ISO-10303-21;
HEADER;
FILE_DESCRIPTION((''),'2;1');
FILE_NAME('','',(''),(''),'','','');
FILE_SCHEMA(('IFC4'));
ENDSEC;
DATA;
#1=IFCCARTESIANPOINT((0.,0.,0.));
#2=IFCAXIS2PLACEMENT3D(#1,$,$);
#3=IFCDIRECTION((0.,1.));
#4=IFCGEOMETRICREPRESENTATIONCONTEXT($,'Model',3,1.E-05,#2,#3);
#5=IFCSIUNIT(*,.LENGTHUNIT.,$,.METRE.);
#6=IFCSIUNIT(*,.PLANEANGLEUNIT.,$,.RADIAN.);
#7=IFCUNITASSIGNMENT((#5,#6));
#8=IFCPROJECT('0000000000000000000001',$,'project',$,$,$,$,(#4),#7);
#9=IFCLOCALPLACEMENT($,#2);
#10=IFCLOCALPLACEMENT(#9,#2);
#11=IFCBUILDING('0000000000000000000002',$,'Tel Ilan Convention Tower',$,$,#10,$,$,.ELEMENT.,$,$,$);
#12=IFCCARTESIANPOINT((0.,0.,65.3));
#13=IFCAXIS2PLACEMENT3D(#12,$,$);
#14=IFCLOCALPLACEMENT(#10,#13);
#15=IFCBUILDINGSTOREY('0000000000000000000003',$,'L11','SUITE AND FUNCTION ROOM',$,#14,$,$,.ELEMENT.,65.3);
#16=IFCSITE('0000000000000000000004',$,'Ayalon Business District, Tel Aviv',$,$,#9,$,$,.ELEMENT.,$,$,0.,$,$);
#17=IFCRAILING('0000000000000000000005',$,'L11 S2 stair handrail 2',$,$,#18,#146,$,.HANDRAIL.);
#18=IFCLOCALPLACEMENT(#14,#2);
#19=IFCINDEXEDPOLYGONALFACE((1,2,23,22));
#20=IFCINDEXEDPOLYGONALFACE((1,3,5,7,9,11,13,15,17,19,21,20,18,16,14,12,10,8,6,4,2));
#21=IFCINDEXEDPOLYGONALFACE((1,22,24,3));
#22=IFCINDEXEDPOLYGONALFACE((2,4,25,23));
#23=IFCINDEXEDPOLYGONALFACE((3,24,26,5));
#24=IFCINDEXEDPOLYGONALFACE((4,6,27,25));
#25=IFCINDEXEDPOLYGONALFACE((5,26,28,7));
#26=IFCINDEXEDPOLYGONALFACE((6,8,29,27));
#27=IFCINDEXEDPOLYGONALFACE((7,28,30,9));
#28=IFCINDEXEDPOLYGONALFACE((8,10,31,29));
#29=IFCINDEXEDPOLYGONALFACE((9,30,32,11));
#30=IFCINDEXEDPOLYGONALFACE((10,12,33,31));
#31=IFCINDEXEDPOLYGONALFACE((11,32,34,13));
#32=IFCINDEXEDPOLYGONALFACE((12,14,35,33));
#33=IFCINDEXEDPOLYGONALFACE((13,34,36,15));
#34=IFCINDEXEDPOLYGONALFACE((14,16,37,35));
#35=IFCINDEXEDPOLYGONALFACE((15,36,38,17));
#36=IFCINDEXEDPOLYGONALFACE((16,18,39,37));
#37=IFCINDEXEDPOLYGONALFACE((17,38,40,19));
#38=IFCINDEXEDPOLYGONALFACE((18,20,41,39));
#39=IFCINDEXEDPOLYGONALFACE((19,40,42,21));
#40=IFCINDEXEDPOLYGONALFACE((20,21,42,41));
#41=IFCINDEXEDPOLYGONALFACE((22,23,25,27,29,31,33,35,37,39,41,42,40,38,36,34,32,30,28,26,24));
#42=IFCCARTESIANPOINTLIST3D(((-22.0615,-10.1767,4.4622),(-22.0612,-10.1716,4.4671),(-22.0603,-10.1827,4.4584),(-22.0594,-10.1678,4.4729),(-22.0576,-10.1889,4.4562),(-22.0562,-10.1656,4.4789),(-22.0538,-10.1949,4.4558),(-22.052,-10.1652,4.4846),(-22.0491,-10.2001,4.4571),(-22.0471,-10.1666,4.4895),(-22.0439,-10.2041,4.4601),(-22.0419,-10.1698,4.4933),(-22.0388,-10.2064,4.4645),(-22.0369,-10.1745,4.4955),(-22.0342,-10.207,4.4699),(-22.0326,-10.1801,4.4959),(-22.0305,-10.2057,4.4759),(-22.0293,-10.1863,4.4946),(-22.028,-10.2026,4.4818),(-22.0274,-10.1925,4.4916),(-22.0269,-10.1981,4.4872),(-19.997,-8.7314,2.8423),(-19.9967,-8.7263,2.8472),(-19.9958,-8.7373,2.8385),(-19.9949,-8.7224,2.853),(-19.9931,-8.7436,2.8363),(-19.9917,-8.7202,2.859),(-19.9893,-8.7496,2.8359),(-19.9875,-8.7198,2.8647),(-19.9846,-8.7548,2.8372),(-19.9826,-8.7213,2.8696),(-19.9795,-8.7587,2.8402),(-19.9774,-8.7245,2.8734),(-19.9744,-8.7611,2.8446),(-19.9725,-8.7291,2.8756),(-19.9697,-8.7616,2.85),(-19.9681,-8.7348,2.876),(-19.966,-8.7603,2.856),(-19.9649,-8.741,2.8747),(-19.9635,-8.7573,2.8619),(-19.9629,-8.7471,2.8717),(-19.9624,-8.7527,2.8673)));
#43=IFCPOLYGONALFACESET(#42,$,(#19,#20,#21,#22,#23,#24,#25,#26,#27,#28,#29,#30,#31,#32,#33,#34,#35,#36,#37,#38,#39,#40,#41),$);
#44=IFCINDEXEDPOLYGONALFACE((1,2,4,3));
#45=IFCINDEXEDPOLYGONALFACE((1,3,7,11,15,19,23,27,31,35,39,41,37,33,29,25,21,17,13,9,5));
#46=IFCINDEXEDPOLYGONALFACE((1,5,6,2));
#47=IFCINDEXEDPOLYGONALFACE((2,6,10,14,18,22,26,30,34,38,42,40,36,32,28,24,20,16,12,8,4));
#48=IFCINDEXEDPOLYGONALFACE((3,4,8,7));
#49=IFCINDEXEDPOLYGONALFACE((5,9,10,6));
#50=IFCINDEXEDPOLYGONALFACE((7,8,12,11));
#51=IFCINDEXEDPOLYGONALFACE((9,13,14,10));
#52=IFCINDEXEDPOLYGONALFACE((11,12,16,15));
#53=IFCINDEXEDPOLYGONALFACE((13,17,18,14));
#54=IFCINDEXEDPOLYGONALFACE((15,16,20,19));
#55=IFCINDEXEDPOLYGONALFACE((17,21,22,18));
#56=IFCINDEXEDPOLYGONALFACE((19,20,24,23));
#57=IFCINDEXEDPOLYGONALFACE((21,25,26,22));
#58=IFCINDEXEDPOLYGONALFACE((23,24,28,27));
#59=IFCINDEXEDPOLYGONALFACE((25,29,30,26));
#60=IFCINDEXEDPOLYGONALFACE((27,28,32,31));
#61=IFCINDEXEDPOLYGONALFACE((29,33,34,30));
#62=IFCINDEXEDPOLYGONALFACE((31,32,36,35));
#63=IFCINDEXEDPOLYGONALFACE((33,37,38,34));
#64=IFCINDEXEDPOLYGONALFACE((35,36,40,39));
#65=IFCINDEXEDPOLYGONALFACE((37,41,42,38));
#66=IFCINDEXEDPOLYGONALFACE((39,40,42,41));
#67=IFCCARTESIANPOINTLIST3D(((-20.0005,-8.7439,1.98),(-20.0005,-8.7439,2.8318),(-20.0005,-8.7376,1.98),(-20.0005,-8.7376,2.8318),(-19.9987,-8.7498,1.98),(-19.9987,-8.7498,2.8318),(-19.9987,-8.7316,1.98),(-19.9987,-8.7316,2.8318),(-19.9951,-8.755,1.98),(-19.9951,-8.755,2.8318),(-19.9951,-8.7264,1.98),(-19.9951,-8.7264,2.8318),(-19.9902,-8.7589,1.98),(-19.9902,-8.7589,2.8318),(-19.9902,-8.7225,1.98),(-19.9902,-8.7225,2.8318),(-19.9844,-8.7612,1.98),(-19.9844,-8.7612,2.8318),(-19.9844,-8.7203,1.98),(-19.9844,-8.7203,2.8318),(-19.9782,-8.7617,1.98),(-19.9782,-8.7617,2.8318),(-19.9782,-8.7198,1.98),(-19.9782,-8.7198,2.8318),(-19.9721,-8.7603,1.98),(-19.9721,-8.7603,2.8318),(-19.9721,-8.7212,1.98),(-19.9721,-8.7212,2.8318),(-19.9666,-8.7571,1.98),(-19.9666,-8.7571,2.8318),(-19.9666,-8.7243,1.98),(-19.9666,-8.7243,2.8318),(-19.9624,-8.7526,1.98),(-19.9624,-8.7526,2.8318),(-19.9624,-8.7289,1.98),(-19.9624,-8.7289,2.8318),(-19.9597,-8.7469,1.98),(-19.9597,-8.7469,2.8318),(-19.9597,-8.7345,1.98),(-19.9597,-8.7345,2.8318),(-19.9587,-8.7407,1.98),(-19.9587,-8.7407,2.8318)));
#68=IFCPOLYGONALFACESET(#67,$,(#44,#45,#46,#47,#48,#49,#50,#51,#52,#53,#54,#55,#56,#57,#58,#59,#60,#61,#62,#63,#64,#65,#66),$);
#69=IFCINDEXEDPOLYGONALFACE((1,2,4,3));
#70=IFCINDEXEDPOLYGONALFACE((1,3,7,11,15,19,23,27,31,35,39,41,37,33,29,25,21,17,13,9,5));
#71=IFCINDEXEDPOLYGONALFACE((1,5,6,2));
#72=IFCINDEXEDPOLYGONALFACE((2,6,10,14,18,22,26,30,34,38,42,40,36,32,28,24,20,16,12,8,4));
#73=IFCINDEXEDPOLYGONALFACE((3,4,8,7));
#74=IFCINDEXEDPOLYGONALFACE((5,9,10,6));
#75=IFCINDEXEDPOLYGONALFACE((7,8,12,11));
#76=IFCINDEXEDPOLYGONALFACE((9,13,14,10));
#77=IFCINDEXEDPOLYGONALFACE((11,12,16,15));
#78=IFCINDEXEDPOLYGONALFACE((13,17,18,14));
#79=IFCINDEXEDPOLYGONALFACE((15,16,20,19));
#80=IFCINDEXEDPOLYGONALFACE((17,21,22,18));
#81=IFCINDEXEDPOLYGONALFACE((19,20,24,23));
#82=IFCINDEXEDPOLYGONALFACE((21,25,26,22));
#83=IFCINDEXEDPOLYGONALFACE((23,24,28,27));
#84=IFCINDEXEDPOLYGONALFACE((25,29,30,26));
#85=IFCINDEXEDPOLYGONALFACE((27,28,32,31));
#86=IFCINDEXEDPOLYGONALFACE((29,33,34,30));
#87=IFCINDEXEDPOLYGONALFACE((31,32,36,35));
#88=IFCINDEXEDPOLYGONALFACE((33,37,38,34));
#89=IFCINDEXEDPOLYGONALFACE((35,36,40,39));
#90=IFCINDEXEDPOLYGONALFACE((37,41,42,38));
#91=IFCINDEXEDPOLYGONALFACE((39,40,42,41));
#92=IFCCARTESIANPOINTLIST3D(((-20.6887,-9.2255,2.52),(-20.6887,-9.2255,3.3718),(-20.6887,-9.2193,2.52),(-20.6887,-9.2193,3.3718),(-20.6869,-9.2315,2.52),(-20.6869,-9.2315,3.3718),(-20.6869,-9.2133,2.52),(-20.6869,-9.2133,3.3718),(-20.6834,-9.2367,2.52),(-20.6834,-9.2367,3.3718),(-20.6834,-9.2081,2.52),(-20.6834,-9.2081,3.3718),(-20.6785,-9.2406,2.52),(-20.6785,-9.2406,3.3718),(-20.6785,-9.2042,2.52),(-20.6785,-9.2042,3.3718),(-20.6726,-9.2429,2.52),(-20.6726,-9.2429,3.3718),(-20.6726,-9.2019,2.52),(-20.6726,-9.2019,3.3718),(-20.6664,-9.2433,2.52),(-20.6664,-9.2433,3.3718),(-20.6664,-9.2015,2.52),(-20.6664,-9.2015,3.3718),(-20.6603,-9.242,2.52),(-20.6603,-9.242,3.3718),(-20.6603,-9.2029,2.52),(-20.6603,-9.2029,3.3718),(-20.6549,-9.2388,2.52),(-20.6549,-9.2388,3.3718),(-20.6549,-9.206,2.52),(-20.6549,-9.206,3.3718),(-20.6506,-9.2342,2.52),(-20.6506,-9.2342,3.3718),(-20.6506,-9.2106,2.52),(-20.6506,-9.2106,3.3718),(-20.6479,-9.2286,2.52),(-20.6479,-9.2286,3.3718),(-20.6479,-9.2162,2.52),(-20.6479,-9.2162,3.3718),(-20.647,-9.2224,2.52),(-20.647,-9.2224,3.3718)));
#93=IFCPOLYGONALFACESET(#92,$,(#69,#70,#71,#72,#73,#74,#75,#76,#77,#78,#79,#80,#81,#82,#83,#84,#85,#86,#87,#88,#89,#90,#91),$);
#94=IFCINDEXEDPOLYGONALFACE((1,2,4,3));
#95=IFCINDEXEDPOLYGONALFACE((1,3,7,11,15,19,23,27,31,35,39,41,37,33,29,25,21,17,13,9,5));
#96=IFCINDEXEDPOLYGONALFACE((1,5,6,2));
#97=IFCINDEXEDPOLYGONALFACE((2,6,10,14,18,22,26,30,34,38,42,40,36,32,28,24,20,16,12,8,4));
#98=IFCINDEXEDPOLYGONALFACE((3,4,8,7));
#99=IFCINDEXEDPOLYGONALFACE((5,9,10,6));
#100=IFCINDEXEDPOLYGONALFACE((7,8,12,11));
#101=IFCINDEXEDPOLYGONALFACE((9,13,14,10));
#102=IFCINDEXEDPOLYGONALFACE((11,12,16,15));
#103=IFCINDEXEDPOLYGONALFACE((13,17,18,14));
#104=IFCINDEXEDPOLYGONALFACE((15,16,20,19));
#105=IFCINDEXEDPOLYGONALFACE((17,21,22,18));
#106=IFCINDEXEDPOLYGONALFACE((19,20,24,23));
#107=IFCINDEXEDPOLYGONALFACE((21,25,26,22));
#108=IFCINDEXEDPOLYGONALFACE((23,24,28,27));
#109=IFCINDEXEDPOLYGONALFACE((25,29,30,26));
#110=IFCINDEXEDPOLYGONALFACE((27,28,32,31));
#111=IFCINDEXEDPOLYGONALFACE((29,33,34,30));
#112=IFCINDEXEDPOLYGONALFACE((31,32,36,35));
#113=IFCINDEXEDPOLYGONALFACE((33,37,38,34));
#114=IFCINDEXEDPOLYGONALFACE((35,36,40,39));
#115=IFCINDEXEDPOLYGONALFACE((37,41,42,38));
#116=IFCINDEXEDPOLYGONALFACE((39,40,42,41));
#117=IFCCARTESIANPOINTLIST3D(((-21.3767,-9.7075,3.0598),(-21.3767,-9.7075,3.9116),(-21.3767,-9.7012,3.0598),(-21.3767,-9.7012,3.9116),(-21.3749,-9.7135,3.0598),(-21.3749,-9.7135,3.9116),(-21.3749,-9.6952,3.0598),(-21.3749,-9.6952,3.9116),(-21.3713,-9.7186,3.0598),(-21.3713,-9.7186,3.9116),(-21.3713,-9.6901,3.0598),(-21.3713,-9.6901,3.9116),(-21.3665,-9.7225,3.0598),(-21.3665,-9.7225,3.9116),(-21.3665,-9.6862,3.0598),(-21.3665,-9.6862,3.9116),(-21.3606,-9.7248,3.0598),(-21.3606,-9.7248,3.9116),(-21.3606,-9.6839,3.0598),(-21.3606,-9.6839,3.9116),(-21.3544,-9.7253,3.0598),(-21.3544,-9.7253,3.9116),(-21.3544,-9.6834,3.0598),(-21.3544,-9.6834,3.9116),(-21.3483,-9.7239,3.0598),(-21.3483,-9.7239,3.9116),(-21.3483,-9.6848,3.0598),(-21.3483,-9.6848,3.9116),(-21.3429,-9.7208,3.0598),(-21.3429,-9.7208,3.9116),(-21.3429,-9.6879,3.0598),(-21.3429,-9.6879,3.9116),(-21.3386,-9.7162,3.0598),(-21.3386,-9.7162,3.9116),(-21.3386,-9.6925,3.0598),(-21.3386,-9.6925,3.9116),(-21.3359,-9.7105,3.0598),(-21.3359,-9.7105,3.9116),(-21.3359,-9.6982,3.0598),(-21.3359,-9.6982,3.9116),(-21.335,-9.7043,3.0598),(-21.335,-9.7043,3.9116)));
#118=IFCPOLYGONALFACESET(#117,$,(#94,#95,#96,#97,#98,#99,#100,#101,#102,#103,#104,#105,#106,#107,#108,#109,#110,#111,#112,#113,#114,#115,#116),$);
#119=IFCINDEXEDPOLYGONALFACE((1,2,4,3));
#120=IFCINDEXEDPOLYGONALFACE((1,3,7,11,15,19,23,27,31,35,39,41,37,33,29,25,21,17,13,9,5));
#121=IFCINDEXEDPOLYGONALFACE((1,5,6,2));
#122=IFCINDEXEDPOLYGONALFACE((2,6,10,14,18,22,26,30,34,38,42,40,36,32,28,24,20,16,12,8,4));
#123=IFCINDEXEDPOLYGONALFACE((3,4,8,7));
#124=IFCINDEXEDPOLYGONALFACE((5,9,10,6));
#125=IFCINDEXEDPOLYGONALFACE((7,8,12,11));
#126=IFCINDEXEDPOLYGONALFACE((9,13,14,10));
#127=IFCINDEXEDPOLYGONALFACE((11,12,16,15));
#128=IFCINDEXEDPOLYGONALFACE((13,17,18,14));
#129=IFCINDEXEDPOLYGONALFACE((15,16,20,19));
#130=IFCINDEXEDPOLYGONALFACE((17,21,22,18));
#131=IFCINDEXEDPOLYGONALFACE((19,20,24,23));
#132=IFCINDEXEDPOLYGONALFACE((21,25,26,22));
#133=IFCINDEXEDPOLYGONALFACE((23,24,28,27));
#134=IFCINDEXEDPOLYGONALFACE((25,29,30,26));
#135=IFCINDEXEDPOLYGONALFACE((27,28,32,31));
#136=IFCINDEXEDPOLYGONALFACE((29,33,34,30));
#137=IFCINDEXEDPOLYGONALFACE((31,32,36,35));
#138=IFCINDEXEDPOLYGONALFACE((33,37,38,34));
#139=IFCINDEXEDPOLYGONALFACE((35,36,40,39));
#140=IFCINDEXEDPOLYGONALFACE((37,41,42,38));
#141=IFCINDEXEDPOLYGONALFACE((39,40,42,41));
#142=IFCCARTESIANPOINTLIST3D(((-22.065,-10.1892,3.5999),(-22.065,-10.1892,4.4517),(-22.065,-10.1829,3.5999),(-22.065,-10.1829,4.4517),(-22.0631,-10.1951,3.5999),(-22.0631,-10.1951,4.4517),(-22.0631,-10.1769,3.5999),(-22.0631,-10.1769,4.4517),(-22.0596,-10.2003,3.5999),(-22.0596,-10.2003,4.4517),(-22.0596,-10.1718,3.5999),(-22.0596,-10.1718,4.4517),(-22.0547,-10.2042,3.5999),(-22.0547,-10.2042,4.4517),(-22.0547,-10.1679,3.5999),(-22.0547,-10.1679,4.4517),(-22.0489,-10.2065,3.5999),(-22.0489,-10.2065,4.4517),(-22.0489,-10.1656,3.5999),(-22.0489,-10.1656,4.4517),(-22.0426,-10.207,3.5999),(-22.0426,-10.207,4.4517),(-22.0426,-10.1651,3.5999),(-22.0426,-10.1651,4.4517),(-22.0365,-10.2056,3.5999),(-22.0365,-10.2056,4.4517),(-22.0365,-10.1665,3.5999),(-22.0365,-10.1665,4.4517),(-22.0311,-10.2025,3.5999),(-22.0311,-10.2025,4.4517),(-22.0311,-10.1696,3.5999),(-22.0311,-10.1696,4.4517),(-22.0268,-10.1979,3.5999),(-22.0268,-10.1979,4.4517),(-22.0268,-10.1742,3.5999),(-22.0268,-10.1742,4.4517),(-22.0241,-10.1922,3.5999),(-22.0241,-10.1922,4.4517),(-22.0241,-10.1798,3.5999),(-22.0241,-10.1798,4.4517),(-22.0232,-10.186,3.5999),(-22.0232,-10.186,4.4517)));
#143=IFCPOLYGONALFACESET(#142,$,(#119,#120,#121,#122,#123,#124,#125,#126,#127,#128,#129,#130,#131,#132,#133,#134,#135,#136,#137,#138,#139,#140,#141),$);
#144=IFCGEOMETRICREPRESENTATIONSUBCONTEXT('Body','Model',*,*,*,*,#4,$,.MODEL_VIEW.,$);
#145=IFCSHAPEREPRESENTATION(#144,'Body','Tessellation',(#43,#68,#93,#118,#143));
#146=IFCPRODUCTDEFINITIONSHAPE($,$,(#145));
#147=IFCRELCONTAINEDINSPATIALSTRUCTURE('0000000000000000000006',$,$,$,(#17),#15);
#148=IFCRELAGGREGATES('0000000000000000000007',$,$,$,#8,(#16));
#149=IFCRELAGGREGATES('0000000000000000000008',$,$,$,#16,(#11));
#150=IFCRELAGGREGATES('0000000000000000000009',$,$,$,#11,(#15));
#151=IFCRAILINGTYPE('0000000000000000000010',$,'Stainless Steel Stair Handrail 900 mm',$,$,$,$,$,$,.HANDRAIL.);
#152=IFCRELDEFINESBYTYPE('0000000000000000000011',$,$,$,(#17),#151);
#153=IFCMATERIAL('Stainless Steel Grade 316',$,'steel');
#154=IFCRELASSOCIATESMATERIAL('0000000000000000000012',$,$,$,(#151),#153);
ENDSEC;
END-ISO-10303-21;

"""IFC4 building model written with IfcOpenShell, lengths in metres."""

from ifc_helpers import new_model, si_unit, direction, frame, origin, origin_2d, place, context, subcontext, project, spatial, circle, extrude, material, type_object, element, save


model = new_model("IFC4")

# Units and contexts
model_context = context("Model", 3, precision=1e-05, world=origin(), true_north=direction((0.0, 1.0)))
body_context = subcontext(model_context, "Body", "Model", "MODEL_VIEW")
ifc_project = project(units=[si_unit("LENGTHUNIT", "METRE"), si_unit("PLANEANGLEUNIT", "RADIAN")], contexts=[model_context])

# Site, building, storey
site_placement = place(None, origin())
site = spatial("IfcSite", under=ifc_project, at=site_placement, Name="Ayalon Business District, Tel Aviv", CompositionType="ELEMENT", RefElevation=0.0)
building_placement = place(site_placement, origin())
building = spatial("IfcBuilding", under=site, at=building_placement, Name="Tel Ilan Convention Tower", CompositionType="ELEMENT")
storey_placement = place(building_placement, frame((0.0, 0.0, 65.3)))
storey = spatial("IfcBuildingStorey", under=building, at=storey_placement, Name="L11", Description="SUITE AND FUNCTION ROOM", CompositionType="ELEMENT", Elevation=65.3)

# Railing
ifc_material_1 = material(Name="Stainless Steel Grade 316", Category="steel")
railing_type_1 = type_object("IfcRailingType", Name="Stainless Steel Stair Handrail 900 mm", PredefinedType="HANDRAIL", material=ifc_material_1)
railing_1_placement = place(storey_placement, frame((-19.9797, -8.7407, 1.98)))
element("IfcRailing", 1, at=railing_1_placement, inside=storey, type_object=railing_type_1, Name="L11 S2 stair handrail 2", PredefinedType="HANDRAIL", context=body_context, shape_type="SweptSolid", body=[
    extrude(circle(Radius=0.0239, at=origin_2d()), frame((0.0, 0.0, 0.876), z_axis=(-0.689113, -0.482444, 0.540713), x_axis=(0.573514, -0.819196, 0.0)), (0.0, 0.0, 1.0), 2.9958),
    extrude(circle(Radius=0.021, at=origin_2d()), origin(), (0.0, 0.0, 1.0), 0.8518),
    extrude(circle(Radius=0.021, at=origin_2d()), frame((-0.6882, -0.4817, 0.54)), (0.0, 0.0, 1.0), 0.8518),
    extrude(circle(Radius=0.021, at=origin_2d()), frame((-1.3762, -0.9636, 1.0798)), (0.0, 0.0, 1.0), 0.8518),
    extrude(circle(Radius=0.021, at=origin_2d()), frame((-2.0645, -1.4453, 1.6199)), (0.0, 0.0, 1.0), 0.8518),
])

save(model, "model.ifc")
